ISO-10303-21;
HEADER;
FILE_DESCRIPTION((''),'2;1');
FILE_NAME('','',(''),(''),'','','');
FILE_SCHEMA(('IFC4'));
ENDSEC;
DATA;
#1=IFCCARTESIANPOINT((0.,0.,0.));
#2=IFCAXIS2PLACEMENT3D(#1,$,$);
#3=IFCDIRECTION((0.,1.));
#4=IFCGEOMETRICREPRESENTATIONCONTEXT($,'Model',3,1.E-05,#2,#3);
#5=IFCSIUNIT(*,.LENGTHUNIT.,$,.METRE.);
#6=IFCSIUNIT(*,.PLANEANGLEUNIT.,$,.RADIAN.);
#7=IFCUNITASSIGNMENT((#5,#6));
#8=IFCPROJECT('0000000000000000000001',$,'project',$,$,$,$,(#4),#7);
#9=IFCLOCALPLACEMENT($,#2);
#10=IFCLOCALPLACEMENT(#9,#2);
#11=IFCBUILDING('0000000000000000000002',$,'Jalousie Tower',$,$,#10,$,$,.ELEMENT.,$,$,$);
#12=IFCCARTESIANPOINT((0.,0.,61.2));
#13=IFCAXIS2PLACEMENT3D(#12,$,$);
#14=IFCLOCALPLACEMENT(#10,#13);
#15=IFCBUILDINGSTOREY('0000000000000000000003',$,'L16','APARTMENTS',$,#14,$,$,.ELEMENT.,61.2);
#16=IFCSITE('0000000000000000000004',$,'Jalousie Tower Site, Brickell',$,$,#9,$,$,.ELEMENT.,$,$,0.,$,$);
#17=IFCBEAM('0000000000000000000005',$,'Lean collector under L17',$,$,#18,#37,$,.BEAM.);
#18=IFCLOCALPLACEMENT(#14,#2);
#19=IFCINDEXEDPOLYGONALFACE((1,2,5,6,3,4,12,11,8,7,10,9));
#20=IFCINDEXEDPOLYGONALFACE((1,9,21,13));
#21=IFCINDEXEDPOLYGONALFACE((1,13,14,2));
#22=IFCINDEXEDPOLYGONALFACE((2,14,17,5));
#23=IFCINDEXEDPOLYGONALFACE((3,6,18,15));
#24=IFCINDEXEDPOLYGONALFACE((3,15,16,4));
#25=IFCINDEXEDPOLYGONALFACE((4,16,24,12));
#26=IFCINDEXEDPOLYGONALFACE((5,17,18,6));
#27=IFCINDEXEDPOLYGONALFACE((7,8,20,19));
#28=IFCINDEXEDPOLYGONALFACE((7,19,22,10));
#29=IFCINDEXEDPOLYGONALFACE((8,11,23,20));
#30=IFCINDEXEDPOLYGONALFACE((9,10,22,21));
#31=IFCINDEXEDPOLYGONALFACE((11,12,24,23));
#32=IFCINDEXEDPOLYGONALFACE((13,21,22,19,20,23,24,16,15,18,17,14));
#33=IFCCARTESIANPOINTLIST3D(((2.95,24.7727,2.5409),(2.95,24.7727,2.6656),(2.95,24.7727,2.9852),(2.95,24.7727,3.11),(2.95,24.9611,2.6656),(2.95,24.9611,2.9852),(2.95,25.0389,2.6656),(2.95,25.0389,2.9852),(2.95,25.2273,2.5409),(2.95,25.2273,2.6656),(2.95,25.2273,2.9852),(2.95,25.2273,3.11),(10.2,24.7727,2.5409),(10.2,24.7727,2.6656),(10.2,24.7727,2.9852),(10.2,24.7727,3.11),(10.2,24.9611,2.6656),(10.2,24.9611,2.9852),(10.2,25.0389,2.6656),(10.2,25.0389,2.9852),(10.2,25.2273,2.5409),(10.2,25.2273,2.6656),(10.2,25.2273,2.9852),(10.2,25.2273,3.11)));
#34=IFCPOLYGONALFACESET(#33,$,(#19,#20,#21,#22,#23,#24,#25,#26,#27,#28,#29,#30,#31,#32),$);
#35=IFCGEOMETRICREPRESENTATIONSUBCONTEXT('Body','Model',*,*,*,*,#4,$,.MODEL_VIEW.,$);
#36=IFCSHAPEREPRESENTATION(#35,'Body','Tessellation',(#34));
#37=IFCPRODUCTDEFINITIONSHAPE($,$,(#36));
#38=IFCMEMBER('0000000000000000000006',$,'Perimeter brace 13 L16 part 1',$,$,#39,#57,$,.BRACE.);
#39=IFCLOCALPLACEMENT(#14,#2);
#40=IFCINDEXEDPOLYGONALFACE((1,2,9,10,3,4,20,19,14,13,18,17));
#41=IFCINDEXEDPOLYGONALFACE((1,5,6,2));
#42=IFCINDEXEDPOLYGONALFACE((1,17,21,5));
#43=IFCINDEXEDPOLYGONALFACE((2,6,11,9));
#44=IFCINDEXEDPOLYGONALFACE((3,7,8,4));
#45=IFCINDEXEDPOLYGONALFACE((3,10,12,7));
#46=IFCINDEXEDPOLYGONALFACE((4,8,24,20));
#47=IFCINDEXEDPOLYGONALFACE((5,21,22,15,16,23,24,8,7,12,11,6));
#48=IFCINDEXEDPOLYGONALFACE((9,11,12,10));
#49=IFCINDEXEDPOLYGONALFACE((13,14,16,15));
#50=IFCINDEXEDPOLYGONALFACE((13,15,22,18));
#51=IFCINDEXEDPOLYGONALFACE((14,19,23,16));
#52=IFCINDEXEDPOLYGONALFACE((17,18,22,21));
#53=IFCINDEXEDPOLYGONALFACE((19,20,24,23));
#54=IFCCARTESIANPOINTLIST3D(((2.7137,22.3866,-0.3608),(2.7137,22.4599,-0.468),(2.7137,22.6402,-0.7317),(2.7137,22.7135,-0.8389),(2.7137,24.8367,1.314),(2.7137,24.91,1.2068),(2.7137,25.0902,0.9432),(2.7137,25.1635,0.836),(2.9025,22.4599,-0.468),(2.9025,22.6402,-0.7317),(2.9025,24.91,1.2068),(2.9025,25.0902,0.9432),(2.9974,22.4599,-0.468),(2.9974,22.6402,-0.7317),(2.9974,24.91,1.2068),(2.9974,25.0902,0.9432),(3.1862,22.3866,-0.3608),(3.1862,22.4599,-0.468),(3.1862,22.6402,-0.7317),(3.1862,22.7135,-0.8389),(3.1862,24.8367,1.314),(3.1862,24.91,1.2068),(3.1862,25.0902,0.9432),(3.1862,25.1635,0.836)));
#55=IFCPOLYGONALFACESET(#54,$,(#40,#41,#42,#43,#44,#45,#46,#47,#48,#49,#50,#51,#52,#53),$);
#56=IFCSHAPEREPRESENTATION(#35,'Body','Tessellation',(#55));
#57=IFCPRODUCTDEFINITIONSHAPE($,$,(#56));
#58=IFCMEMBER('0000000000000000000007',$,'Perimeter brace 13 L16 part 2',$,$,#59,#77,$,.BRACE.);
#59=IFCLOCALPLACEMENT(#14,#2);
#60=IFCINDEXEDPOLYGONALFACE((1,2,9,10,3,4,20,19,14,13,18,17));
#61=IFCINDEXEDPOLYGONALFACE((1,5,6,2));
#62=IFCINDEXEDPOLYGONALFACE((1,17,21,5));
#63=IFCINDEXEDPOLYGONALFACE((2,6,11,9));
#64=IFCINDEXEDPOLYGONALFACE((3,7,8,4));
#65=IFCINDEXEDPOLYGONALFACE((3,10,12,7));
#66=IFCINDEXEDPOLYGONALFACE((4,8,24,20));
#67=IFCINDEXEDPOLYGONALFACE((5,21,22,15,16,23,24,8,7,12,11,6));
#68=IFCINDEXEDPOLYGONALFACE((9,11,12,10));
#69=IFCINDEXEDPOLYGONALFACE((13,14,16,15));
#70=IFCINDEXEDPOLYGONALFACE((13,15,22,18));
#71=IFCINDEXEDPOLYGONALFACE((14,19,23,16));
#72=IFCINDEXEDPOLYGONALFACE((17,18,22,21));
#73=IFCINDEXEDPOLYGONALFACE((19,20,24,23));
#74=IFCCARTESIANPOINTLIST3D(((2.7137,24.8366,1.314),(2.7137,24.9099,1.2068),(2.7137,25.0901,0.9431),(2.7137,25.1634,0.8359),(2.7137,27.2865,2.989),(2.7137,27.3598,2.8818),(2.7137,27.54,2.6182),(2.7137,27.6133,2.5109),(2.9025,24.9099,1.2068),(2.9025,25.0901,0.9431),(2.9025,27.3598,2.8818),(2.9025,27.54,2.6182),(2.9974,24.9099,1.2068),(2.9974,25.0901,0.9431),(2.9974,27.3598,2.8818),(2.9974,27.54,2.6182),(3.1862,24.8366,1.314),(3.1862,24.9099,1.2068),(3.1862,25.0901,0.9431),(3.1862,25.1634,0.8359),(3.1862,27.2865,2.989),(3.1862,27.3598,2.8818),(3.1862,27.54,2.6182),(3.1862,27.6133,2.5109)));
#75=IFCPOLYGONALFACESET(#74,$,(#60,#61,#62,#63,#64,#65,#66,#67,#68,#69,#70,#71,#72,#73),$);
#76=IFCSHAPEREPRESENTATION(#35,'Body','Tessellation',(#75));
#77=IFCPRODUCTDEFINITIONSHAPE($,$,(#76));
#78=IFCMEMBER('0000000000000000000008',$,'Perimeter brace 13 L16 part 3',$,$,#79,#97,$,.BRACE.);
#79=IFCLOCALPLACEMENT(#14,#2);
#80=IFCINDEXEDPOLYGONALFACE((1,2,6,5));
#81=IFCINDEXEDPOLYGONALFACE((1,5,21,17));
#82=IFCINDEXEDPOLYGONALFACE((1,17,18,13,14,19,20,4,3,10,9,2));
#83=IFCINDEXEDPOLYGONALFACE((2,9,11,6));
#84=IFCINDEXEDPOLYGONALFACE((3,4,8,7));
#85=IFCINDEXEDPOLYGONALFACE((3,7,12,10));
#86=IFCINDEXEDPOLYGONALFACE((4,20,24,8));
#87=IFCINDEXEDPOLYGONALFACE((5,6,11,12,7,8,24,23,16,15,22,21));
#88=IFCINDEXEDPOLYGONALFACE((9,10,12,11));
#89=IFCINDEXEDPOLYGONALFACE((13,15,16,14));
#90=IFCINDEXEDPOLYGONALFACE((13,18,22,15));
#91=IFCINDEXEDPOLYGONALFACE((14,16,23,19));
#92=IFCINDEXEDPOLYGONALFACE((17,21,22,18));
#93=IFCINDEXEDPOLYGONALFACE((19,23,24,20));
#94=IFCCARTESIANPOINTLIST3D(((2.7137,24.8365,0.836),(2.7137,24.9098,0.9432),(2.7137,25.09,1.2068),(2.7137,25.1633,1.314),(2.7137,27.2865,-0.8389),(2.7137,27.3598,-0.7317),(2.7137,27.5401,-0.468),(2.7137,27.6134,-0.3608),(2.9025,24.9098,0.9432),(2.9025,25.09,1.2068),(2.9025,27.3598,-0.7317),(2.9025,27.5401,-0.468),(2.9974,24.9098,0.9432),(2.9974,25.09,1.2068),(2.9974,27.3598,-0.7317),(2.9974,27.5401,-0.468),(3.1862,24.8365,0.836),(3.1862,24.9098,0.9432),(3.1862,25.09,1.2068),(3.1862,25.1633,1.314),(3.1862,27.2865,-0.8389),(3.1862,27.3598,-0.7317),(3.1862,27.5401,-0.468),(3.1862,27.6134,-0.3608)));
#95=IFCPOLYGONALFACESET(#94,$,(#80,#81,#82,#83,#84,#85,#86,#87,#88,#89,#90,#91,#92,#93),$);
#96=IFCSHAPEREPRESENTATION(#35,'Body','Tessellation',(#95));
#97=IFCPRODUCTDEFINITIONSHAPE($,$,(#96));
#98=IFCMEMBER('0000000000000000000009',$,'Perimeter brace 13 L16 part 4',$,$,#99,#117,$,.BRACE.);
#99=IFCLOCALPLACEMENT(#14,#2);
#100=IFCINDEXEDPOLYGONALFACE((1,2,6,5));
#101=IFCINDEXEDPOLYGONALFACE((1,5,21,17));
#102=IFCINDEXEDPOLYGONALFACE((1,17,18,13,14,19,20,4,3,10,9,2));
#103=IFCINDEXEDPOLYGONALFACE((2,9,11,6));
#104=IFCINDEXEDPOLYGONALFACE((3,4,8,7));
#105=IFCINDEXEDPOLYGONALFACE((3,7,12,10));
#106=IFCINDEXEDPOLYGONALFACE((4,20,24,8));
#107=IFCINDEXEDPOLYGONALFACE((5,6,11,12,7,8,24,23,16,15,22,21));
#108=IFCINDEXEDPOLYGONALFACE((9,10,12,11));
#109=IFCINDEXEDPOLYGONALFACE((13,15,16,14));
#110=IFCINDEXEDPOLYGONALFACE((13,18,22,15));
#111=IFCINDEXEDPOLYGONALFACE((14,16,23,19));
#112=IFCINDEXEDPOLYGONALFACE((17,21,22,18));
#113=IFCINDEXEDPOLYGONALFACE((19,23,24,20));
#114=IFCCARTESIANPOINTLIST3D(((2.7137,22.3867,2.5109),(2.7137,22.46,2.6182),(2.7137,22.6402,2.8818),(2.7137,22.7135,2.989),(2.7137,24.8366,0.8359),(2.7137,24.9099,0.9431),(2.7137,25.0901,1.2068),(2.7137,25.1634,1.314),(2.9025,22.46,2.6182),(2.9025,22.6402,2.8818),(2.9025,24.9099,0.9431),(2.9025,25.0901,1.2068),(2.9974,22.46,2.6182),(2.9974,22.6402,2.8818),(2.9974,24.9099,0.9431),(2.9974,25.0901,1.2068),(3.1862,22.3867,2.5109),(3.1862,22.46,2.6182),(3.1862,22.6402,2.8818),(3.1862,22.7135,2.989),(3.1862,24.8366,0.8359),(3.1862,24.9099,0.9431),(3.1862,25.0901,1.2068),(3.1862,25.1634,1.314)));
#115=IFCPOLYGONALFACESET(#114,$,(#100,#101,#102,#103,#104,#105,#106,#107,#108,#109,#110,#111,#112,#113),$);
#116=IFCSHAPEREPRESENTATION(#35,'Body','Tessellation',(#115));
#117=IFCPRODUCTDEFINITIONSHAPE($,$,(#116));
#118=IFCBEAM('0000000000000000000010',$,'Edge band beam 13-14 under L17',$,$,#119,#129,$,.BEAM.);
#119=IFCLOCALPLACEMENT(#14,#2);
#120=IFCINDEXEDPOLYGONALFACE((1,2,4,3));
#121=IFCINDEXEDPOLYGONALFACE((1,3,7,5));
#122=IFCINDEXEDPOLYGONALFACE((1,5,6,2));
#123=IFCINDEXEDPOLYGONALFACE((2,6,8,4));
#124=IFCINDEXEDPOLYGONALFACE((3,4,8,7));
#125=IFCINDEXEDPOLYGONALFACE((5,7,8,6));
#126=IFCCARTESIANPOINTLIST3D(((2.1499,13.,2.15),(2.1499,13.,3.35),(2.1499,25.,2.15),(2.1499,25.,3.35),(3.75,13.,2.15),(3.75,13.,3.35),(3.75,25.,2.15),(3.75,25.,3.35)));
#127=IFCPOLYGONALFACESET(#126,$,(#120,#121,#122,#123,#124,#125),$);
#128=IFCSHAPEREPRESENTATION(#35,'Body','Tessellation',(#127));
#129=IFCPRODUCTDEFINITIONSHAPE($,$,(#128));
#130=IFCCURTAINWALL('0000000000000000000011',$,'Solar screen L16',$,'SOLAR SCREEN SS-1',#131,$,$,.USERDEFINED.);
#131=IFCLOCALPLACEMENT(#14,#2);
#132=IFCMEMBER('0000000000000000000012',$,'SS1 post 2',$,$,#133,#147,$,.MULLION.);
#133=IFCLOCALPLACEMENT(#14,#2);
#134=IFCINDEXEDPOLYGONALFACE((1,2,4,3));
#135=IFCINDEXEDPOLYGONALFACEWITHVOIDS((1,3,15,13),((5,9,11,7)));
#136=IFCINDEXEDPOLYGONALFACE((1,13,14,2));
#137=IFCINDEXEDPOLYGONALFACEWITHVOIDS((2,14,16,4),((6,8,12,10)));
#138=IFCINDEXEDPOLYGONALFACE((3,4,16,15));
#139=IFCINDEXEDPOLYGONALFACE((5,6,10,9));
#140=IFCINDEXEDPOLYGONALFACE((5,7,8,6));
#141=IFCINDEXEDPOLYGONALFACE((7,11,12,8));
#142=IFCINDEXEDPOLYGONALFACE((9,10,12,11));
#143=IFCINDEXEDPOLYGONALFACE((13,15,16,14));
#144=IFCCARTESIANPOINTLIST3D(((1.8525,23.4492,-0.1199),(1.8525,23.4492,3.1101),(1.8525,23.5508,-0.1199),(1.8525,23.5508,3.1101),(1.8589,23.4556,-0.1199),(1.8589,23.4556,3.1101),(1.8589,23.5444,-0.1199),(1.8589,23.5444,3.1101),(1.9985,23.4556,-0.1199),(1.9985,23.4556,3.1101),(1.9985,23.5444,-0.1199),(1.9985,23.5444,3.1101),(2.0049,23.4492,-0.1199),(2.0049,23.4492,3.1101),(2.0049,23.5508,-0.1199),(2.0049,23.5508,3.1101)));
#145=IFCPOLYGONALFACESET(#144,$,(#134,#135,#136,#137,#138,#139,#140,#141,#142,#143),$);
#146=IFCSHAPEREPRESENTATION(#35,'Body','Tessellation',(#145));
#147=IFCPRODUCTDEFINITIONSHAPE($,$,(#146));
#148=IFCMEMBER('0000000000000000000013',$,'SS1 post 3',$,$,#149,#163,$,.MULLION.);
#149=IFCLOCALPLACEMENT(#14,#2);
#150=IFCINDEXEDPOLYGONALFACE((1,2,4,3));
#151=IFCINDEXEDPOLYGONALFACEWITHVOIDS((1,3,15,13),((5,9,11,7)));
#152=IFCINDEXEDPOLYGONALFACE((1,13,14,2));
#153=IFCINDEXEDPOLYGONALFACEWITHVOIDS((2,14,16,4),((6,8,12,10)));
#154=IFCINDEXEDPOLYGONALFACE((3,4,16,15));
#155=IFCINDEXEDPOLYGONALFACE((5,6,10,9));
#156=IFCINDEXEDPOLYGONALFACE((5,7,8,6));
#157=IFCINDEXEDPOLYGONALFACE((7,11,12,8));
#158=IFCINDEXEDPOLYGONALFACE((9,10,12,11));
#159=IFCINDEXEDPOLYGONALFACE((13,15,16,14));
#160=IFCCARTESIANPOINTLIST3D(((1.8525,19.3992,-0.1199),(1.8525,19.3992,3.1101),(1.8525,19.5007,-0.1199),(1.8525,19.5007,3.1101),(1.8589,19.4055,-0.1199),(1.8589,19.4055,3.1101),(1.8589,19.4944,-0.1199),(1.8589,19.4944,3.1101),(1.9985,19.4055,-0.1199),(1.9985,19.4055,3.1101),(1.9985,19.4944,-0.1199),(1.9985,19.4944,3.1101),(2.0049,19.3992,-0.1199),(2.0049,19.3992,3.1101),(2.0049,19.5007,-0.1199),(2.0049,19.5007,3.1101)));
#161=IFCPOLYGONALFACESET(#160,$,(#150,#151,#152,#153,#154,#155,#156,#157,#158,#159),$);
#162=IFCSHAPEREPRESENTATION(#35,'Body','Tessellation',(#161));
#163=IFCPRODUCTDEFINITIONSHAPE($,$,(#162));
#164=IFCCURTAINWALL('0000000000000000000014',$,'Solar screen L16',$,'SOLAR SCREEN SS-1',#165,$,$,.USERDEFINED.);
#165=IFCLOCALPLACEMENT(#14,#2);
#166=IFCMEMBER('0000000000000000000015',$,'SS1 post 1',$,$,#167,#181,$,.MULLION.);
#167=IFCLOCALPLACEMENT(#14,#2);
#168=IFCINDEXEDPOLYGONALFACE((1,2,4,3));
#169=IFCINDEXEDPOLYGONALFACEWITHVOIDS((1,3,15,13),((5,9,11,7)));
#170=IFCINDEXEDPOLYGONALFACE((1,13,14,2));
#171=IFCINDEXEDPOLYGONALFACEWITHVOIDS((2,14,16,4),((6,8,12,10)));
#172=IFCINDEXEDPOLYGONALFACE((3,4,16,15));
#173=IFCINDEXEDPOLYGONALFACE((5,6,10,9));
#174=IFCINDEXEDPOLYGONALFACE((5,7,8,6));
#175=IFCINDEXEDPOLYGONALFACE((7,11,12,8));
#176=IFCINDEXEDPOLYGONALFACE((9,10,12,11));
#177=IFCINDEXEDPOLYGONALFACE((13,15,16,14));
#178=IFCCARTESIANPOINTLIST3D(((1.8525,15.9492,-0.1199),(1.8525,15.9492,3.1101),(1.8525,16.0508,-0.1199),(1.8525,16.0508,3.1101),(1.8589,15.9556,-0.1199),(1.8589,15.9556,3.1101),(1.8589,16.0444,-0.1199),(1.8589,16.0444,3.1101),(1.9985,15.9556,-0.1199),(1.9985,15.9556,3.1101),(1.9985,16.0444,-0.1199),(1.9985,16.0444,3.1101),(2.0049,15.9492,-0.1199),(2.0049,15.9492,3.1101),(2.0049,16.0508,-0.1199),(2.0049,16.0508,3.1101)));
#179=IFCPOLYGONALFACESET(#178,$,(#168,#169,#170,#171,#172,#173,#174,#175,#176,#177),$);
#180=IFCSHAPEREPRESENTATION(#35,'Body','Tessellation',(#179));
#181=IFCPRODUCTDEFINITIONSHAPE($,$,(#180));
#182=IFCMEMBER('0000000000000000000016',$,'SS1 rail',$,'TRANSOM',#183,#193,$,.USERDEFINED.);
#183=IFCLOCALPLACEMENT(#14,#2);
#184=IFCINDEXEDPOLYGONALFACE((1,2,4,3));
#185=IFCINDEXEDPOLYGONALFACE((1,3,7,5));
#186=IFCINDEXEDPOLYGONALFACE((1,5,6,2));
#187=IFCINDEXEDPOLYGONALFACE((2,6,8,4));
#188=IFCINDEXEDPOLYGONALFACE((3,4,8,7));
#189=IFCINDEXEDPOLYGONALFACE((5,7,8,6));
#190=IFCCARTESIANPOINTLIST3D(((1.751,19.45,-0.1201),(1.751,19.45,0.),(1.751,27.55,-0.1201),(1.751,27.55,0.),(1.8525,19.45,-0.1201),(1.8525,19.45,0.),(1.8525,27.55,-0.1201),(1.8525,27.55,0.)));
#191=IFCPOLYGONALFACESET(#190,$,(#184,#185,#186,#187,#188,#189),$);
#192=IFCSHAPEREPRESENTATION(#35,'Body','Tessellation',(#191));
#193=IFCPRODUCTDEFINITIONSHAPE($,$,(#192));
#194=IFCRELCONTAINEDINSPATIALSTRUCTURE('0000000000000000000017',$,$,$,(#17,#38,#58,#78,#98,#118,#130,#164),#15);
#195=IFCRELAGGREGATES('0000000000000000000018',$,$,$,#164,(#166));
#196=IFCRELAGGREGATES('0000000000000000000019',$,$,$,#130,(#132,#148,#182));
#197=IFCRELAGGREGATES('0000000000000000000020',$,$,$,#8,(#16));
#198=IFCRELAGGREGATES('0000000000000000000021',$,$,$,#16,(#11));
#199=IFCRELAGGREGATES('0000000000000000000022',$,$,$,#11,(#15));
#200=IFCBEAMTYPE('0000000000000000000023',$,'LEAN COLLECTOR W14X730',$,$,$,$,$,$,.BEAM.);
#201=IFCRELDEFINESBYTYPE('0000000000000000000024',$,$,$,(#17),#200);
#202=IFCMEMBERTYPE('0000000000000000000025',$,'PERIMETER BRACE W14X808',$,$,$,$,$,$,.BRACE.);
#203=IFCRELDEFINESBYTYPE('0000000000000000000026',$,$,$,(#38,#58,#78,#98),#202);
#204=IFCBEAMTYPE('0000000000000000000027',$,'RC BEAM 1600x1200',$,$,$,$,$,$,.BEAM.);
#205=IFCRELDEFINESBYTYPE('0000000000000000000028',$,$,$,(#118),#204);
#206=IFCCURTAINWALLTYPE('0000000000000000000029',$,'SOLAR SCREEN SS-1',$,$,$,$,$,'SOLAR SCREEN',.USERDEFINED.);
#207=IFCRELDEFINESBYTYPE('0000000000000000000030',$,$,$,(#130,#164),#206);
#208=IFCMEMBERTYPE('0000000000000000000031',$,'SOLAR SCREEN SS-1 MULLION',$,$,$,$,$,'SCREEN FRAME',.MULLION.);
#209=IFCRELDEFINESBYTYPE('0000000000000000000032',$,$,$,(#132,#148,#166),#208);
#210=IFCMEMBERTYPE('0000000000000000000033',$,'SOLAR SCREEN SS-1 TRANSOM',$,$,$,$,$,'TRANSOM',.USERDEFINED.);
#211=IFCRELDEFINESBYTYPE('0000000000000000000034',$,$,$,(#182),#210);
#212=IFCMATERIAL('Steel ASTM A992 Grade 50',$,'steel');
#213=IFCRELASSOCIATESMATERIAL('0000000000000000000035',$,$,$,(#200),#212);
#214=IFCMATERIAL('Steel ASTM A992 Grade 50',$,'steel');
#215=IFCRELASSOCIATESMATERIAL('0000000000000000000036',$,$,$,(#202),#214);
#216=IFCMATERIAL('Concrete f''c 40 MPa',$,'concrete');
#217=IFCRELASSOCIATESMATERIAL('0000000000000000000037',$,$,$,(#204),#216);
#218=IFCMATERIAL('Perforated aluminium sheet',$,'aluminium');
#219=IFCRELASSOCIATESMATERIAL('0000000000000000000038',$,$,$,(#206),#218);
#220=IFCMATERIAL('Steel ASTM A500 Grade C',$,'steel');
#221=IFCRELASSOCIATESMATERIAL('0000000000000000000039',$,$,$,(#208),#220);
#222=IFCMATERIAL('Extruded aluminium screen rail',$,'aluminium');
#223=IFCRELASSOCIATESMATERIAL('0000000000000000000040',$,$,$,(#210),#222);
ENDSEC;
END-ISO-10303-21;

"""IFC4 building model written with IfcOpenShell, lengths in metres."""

from ifc_helpers import new_model, si_unit, direction, frame, origin, origin_2d, place, context, subcontext, project, spatial, rectangle, hollow_rectangle, i_section, extrude, material, material_profile, profile_set, type_object, element, aggregate, save


model = new_model("IFC4")

# Units and contexts
model_context = context("Model", 3, precision=1e-05, world=origin(), true_north=direction((0.0, 1.0)))
body_context = subcontext(model_context, "Body", "Model", "MODEL_VIEW")
ifc_project = project(units=[si_unit("LENGTHUNIT", "METRE"), si_unit("PLANEANGLEUNIT", "RADIAN")], contexts=[model_context])

# Site, building, storey
site_placement = place(None, origin())
site = spatial("IfcSite", under=ifc_project, at=site_placement, Name="Jalousie Tower Site, Brickell", CompositionType="ELEMENT", RefElevation=0.0)
building_placement = place(site_placement, origin())
building = spatial("IfcBuilding", under=site, at=building_placement, Name="Jalousie Tower", CompositionType="ELEMENT")
storey_placement = place(building_placement, frame((0.0, 0.0, 61.2)))
storey = spatial("IfcBuildingStorey", under=building, at=storey_placement, Name="L16", Description="APARTMENTS", CompositionType="ELEMENT", Elevation=61.2)

# Beam
ifc_material_1 = material(Name="Steel ASTM A992 Grade 50", Category="steel")
ifc_material_profile_1 = material_profile(ifc_material_1, i_section(OverallWidth=0.4546, OverallDepth=0.5691, WebThickness=0.0779, FlangeThickness=0.1248, at=origin_2d()), Name="W14X730")
ifc_profile_set_1 = profile_set([ifc_material_profile_1], Name="Steel ASTM A992 Grade 50")
beam_type_1 = type_object("IfcBeamType", Name="LEAN COLLECTOR W14X730", PredefinedType="BEAM", material=ifc_profile_set_1)
beam_1_placement = place(storey_placement, frame((2.95, 25.0, 2.8254), z_axis=(1.0, 0.0, 0.0), x_axis=(0.0, 1.0, 0.0)))
element("IfcBeam", 1, at=beam_1_placement, inside=storey, type_object=beam_type_1, Name="Lean collector under L17", PredefinedType="BEAM", context=body_context, shape_type="SweptSolid", body=[
    extrude(i_section(OverallWidth=0.4546, OverallDepth=0.5691, WebThickness=0.0779, FlangeThickness=0.1248, at=origin_2d()), origin(), (0.0, 0.0, 1.0), 7.25),
])

# Members
ifc_material_2 = material(Name="Steel ASTM A992 Grade 50", Category="steel")
ifc_material_profile_2 = material_profile(ifc_material_2, i_section(OverallWidth=0.4724, OverallDepth=0.5791, WebThickness=0.095, FlangeThickness=0.1299, at=origin_2d()), Name="W14X808")
ifc_profile_set_2 = profile_set([ifc_material_profile_2], Name="Steel ASTM A992 Grade 50")
member_type_1 = type_object("IfcMemberType", Name="PERIMETER BRACE W14X808", PredefinedType="BRACE", material=ifc_profile_set_2)
for number, where, z_axis, x_axis, name in (
    (2, (2.95, 22.55, -0.5999), (0.0, 0.825539, 0.564345), (-1.0, 0.0, 0.0), "Perimeter brace 13 L16 part 1"),
    (3, (2.95, 25.0, 1.075), (0.0, 0.825501, 0.564401), (-1.0, 0.0, 0.0), "Perimeter brace 13 L16 part 2"),
    (4, (2.95, 27.45, -0.5999), (0.0, -0.825539, 0.564345), (1.0, 0.0, 0.0), "Perimeter brace 13 L16 part 3"),
    (5, (2.95, 25.0, 1.075), (0.0, -0.825501, 0.564401), (1.0, 0.0, 0.0), "Perimeter brace 13 L16 part 4"),
):
    element("IfcMember", number, at=place(storey_placement, frame(where, z_axis=z_axis, x_axis=x_axis)), inside=storey, type_object=member_type_1, Name=name, PredefinedType="BRACE", context=body_context, shape_type="SweptSolid", body=[
        extrude(i_section(OverallWidth=0.4724, OverallDepth=0.5791, WebThickness=0.095, FlangeThickness=0.1299, at=origin_2d()), origin(), (0.0, 0.0, 1.0), 2.9678),
    ])

# Beam
ifc_material_3 = material(Name="Concrete f'c 40 MPa", Category="concrete")
ifc_material_profile_3 = material_profile(ifc_material_3, rectangle(XDim=1.6001, YDim=1.2, at=origin_2d()), Name="RC 1600x1200")
ifc_profile_set_3 = profile_set([ifc_material_profile_3], Name="Concrete f'c 40 MPa")
beam_type_2 = type_object("IfcBeamType", Name="RC BEAM 1600x1200", PredefinedType="BEAM", material=ifc_profile_set_3)
beam_2_placement = place(storey_placement, frame((2.95, 25.0, 2.75), z_axis=(0.0, -1.0, 0.0), x_axis=(1.0, 0.0, 0.0)))
element("IfcBeam", 6, at=beam_2_placement, inside=storey, type_object=beam_type_2, Name="Edge band beam 13-14 under L17", PredefinedType="BEAM", context=body_context, shape_type="SweptSolid", body=[
    extrude(rectangle(XDim=1.6001, YDim=1.2, at=origin_2d()), origin(), (0.0, 0.0, 1.0), 12.0),
])

# Curtain wall, members
ifc_material_4 = material(Name="Perforated aluminium sheet", Category="aluminium")
curtain_wall_type = type_object("IfcCurtainWallType", Name="SOLAR SCREEN SS-1", ElementType="SOLAR SCREEN", PredefinedType="USERDEFINED", material=ifc_material_4)
curtain_wall_1_placement = place(storey_placement, origin())
curtain_wall_1 = element("IfcCurtainWall", 7, at=curtain_wall_1_placement, inside=storey, type_object=curtain_wall_type, Name="Solar screen L16", ObjectType="SOLAR SCREEN SS-1", PredefinedType="USERDEFINED")
ifc_material_5 = material(Name="Steel ASTM A500 Grade C", Category="steel")
ifc_material_profile_4 = material_profile(ifc_material_5, hollow_rectangle(XDim=0.1016, YDim=0.1523, WallThickness=0.0063, at=origin_2d()), Name="HSS6X4X1/4")
ifc_profile_set_4 = profile_set([ifc_material_profile_4], Name="Steel ASTM A500 Grade C")
member_type_2 = type_object("IfcMemberType", Name="SOLAR SCREEN SS-1 MULLION", ElementType="SCREEN FRAME", PredefinedType="MULLION", material=ifc_profile_set_4)
member_1_placement = place(storey_placement, frame((1.9287, 23.5, -0.1199), z_axis=(0.0, 0.0, 1.0), x_axis=(0.0, -1.0, 0.0)))
member_1 = element("IfcMember", 8, at=member_1_placement, type_object=member_type_2, Name="SS1 post 2", PredefinedType="MULLION", context=body_context, shape_type="SweptSolid", body=[
    extrude(hollow_rectangle(XDim=0.1016, YDim=0.1523, WallThickness=0.0063, at=origin_2d()), origin(), (0.0, 0.0, 1.0), 3.23),
])
member_2_placement = place(storey_placement, frame((1.9287, 19.45, -0.1199), z_axis=(0.0, 0.0, 1.0), x_axis=(0.0, -1.0, 0.0)))
member_2 = element("IfcMember", 9, at=member_2_placement, type_object=member_type_2, Name="SS1 post 3", PredefinedType="MULLION", context=body_context, shape_type="SweptSolid", body=[
    extrude(hollow_rectangle(XDim=0.1016, YDim=0.1523, WallThickness=0.0063, at=origin_2d()), origin(), (0.0, 0.0, 1.0), 3.23),
])

# Curtain wall, member
curtain_wall_2_placement = place(storey_placement, origin())
curtain_wall_2 = element("IfcCurtainWall", 10, at=curtain_wall_2_placement, inside=storey, type_object=curtain_wall_type, Name="Solar screen L16", ObjectType="SOLAR SCREEN SS-1", PredefinedType="USERDEFINED")
member_3_placement = place(storey_placement, frame((1.9287, 16.0, -0.1199), z_axis=(0.0, 0.0, 1.0), x_axis=(0.0, -1.0, 0.0)))
member_3 = element("IfcMember", 11, at=member_3_placement, type_object=member_type_2, Name="SS1 post 1", PredefinedType="MULLION", context=body_context, shape_type="SweptSolid", body=[
    extrude(hollow_rectangle(XDim=0.1016, YDim=0.1523, WallThickness=0.0063, at=origin_2d()), origin(), (0.0, 0.0, 1.0), 3.23),
])

# Member
ifc_material_6 = material(Name="Extruded aluminium screen rail", Category="aluminium")
ifc_material_profile_5 = material_profile(ifc_material_6, rectangle(XDim=0.1016, YDim=0.1201, at=origin_2d()), Name="RAIL 102x120")
ifc_profile_set_5 = profile_set([ifc_material_profile_5], Name="Extruded aluminium screen rail")
member_type_3 = type_object("IfcMemberType", Name="SOLAR SCREEN SS-1 TRANSOM", ElementType="TRANSOM", PredefinedType="USERDEFINED", material=ifc_profile_set_5)
member_4_placement = place(storey_placement, frame((1.8018, 27.55, -0.0601), z_axis=(0.0, -1.0, 0.0), x_axis=(1.0, 0.0, 0.0)))
member_4 = element("IfcMember", 12, at=member_4_placement, type_object=member_type_3, Name="SS1 rail", ObjectType="TRANSOM", PredefinedType="USERDEFINED", context=body_context, shape_type="SweptSolid", body=[
    extrude(rectangle(XDim=0.1016, YDim=0.1201, at=origin_2d()), origin(), (0.0, 0.0, 1.0), 8.1001),
])
aggregate(curtain_wall_2, [member_3])

aggregate(curtain_wall_1, [member_1, member_2, member_4])

save(model, "model.ifc")
